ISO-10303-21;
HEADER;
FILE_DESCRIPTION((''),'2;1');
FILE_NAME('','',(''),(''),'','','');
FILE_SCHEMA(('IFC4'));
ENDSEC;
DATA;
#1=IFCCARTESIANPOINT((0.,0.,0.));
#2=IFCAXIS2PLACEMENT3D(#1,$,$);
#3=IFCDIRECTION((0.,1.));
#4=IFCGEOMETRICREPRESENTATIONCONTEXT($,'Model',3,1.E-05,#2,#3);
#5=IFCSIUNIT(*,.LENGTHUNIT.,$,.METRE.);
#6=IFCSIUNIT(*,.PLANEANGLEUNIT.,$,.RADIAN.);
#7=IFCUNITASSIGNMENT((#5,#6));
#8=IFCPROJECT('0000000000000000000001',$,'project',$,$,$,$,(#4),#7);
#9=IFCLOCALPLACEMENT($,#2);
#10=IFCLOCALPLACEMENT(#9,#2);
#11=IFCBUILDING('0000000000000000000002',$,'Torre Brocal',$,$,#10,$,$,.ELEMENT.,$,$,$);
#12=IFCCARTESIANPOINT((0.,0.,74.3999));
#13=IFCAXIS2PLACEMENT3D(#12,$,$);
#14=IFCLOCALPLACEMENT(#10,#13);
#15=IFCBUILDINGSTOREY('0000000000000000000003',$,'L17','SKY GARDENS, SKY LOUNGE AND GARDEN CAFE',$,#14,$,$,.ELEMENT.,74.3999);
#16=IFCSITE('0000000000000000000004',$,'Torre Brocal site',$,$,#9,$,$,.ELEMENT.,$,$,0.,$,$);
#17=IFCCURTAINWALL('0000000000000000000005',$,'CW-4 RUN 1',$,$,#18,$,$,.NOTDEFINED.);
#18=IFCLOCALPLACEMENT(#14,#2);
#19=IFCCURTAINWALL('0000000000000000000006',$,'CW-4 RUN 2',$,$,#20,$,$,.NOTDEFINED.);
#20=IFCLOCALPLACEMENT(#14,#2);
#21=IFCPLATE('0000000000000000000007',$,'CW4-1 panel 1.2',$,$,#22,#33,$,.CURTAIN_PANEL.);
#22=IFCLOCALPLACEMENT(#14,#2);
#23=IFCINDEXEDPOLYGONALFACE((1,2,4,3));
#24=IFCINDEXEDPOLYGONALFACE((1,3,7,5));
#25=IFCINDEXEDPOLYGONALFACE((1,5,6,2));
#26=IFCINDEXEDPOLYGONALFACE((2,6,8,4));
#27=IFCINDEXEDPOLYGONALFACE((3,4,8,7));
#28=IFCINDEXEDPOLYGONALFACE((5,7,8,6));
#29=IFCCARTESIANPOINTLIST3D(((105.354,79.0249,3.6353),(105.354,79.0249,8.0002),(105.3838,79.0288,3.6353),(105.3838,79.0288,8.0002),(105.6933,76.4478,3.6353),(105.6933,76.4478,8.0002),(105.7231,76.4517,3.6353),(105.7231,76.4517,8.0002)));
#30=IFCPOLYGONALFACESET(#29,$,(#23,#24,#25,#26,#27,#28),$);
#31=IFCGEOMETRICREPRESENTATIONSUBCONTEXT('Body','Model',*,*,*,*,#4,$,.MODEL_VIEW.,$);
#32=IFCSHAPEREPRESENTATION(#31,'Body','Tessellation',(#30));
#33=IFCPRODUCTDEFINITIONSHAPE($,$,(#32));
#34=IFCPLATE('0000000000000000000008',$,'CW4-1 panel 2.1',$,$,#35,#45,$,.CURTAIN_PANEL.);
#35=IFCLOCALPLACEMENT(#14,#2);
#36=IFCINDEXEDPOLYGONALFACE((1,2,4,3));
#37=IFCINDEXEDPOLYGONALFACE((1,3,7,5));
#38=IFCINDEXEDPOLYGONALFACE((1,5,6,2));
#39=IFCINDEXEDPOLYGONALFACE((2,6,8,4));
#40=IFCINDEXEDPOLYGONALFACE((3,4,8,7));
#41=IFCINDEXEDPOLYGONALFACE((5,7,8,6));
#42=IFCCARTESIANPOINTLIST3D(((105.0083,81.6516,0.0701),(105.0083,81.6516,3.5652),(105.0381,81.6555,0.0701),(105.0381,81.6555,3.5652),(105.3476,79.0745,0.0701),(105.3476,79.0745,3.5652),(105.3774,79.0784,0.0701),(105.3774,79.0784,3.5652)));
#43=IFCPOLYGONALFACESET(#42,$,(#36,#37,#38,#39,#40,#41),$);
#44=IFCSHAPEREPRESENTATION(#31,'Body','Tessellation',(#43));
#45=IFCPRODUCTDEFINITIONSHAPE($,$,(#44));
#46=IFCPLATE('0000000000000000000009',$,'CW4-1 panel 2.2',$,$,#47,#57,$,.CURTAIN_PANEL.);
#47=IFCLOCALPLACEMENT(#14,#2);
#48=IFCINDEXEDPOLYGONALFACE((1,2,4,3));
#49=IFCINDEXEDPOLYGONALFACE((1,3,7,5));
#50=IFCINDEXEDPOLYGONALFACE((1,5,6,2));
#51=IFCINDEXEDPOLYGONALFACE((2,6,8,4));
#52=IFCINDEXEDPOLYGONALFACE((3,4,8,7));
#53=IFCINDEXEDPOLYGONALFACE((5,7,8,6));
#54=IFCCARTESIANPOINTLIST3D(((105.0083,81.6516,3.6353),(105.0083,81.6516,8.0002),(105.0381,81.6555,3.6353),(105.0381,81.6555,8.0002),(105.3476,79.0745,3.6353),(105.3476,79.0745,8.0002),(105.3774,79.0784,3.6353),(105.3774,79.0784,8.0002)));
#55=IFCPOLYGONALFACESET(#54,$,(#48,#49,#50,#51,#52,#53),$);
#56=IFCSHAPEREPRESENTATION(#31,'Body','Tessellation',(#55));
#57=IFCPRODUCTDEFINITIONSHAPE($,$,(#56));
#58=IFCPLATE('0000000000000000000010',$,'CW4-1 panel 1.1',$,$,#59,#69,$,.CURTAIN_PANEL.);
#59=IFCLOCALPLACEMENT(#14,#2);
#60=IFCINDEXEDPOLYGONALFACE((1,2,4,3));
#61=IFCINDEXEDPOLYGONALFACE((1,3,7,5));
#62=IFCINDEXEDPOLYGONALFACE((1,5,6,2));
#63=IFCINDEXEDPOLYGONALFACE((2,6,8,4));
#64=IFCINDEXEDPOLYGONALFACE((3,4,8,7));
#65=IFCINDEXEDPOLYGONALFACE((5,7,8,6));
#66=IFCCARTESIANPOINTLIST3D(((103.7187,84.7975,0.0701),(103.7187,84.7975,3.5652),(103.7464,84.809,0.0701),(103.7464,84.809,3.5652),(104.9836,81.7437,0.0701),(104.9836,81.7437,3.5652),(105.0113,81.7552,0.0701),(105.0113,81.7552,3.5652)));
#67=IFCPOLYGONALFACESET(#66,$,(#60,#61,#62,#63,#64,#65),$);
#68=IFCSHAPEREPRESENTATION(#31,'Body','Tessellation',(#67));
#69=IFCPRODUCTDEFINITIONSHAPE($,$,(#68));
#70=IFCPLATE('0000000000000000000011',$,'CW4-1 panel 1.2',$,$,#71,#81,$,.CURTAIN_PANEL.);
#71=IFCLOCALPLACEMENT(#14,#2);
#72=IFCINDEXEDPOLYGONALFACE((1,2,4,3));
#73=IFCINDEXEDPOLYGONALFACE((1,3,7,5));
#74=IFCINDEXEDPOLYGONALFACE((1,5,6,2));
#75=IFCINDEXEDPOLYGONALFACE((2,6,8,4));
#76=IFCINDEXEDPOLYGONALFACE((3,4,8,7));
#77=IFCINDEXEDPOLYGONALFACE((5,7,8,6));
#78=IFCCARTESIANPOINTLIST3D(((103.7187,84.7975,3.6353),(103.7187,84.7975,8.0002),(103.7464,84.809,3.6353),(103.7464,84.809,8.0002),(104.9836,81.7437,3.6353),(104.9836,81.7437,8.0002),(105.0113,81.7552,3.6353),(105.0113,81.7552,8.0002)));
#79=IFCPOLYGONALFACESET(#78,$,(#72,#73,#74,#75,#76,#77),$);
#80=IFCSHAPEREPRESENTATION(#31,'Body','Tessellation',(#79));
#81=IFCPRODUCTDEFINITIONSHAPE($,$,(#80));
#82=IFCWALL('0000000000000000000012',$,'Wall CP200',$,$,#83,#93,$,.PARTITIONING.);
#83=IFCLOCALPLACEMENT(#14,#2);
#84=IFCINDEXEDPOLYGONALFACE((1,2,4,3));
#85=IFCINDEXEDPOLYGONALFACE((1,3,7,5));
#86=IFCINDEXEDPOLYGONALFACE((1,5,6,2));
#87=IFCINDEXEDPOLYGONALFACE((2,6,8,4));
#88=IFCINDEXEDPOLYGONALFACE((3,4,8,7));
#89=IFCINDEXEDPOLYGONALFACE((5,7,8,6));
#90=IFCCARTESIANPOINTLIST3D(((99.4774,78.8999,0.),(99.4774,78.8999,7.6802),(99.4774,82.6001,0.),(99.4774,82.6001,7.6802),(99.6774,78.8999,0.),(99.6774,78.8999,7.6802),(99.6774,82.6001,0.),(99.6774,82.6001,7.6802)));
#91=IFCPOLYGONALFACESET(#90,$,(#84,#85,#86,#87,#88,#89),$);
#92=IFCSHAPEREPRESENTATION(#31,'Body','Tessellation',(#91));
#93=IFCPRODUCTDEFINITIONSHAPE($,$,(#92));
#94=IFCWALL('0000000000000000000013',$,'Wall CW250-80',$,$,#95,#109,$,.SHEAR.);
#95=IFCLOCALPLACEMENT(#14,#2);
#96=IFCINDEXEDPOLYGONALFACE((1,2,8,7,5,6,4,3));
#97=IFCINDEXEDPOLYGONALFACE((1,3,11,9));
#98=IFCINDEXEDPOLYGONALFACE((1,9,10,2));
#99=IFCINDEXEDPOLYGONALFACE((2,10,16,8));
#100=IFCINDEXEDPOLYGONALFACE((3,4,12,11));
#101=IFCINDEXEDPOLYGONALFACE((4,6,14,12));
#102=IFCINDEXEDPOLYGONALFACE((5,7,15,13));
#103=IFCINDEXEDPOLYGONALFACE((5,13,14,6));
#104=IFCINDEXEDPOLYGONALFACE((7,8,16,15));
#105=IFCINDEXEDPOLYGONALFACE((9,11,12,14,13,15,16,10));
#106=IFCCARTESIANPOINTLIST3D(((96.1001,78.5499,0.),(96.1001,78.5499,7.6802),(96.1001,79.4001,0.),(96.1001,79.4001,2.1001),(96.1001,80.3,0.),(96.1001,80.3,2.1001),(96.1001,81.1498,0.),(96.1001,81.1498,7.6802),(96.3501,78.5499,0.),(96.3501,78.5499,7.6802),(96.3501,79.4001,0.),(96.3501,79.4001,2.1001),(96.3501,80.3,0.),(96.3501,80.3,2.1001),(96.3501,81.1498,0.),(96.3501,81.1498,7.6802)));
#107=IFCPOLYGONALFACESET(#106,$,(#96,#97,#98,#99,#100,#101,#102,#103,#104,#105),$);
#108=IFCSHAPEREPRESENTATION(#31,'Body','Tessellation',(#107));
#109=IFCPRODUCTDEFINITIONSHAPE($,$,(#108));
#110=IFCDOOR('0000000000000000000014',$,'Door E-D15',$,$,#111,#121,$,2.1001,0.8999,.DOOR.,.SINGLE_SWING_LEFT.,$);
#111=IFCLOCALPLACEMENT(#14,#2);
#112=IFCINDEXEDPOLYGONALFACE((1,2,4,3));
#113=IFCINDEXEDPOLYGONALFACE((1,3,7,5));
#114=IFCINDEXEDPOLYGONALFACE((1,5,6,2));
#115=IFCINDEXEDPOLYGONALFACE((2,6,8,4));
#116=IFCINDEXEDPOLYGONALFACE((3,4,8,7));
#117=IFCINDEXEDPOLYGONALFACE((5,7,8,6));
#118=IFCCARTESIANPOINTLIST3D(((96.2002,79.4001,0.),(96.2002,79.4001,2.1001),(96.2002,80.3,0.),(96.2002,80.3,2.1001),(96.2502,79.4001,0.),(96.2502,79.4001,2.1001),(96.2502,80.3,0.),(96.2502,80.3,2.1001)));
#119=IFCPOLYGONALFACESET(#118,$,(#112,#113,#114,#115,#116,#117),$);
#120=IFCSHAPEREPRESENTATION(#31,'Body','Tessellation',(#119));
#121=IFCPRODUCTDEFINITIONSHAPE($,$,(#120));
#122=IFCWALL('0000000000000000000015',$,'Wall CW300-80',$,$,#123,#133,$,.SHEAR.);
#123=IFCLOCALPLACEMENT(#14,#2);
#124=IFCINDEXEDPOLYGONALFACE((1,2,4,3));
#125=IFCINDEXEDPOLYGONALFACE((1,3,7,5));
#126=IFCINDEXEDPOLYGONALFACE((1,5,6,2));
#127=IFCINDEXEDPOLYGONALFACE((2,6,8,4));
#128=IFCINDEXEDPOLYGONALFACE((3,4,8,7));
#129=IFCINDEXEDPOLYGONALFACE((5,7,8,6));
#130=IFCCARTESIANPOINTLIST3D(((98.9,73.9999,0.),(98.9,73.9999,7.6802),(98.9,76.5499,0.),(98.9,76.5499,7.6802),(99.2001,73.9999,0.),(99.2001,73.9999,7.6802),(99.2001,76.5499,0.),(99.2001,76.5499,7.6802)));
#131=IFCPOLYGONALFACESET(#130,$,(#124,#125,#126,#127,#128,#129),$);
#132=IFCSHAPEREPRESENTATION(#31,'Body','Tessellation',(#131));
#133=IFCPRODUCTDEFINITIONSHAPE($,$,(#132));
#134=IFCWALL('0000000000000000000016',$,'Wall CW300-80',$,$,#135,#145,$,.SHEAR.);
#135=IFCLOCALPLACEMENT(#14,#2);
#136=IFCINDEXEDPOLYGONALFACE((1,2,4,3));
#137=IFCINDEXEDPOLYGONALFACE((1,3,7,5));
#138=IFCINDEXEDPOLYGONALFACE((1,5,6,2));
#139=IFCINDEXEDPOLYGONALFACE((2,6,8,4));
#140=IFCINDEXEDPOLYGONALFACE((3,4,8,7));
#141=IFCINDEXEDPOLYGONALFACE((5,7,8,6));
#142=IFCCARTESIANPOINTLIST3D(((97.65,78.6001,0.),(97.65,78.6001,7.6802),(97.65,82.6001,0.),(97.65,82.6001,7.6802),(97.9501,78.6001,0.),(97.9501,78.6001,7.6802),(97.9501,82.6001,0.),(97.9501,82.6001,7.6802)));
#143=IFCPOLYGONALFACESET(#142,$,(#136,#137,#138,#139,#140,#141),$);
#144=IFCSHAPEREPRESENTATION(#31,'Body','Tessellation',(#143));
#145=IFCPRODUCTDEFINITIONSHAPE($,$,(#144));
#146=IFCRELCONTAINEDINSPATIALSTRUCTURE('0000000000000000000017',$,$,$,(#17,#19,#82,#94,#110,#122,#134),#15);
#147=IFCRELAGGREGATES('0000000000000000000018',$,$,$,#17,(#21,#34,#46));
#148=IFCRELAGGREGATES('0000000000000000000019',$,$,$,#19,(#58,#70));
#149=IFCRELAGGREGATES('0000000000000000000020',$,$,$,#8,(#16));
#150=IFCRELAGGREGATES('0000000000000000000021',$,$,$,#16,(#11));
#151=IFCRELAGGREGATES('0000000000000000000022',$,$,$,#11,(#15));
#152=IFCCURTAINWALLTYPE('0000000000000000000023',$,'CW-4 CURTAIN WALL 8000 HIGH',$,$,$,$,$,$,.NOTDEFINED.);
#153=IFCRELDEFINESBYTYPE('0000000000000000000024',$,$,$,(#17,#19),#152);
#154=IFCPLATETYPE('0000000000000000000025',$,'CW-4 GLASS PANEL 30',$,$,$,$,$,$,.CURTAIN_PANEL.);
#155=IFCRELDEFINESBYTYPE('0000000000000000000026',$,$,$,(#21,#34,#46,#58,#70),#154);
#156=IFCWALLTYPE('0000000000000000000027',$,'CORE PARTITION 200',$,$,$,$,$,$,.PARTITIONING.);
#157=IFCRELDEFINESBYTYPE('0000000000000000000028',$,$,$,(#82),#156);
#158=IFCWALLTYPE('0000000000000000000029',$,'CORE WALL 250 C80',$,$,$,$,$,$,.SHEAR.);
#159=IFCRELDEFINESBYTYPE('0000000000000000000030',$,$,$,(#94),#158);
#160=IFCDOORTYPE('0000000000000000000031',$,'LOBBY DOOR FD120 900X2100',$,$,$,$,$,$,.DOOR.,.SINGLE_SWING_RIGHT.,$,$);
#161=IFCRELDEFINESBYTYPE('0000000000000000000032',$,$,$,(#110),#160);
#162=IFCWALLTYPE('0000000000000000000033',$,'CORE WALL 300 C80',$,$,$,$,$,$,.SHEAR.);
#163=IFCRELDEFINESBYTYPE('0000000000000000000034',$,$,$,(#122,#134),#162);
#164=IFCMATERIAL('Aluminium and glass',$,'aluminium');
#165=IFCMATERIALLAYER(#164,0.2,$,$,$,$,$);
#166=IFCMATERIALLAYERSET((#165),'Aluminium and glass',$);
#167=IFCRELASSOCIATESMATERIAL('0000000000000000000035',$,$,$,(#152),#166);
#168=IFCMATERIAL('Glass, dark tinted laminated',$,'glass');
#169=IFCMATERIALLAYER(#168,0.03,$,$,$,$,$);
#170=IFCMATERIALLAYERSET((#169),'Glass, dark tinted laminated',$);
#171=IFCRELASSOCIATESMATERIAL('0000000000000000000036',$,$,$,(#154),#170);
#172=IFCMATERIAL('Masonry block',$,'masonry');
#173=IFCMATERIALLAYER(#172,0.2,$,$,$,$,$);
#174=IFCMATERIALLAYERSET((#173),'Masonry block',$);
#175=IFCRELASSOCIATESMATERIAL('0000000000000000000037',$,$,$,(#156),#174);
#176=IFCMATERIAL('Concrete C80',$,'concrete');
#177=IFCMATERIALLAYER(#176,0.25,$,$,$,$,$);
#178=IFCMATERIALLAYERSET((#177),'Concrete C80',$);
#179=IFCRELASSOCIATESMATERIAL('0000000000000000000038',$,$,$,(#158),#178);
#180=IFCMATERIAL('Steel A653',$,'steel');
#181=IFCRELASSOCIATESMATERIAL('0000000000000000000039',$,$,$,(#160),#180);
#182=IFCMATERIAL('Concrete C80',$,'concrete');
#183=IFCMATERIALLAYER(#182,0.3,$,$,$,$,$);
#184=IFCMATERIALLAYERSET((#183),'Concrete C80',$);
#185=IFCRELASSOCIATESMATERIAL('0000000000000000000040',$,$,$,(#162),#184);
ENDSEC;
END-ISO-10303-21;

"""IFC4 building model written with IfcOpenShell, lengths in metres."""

from ifc_helpers import new_model, si_unit, direction, frame, frame_2d, origin, origin_2d, place, context, subcontext, project, spatial, rectangle, extrude, material, layer, layer_set, type_object, element, fill, aggregate, save


model = new_model("IFC4")

# Units and contexts
model_context = context("Model", 3, precision=1e-05, world=origin(), true_north=direction((0.0, 1.0)))
body_context = subcontext(model_context, "Body", "Model", "MODEL_VIEW")
ifc_project = project(units=[si_unit("LENGTHUNIT", "METRE"), si_unit("PLANEANGLEUNIT", "RADIAN")], contexts=[model_context])

# Site, building, storey
site_placement = place(None, origin())
site = spatial("IfcSite", under=ifc_project, at=site_placement, Name="Torre Brocal site", CompositionType="ELEMENT", RefElevation=0.0)
building_placement = place(site_placement, origin())
building = spatial("IfcBuilding", under=site, at=building_placement, Name="Torre Brocal", CompositionType="ELEMENT")
storey_placement = place(building_placement, frame((0.0, 0.0, 74.3999)))
storey = spatial("IfcBuildingStorey", under=building, at=storey_placement, Name="L17", Description="SKY GARDENS, SKY LOUNGE AND GARDEN CAFE", CompositionType="ELEMENT", Elevation=74.3999)

# Curtain walls
ifc_material_1 = material(Name="Aluminium and glass", Category="aluminium")
ifc_layer_1 = layer(ifc_material_1, 0.2)
ifc_layer_set_1 = layer_set([ifc_layer_1], Name="Aluminium and glass")
curtain_wall_type = type_object("IfcCurtainWallType", Name="CW-4 CURTAIN WALL 8000 HIGH", PredefinedType="NOTDEFINED", material=ifc_layer_set_1)
curtain_wall_1_placement = place(storey_placement, origin())
curtain_wall_1 = element("IfcCurtainWall", 1, at=curtain_wall_1_placement, inside=storey, type_object=curtain_wall_type, Name="CW-4 RUN 1", PredefinedType="NOTDEFINED")
curtain_wall_2_placement = place(storey_placement, origin())
curtain_wall_2 = element("IfcCurtainWall", 2, at=curtain_wall_2_placement, inside=storey, type_object=curtain_wall_type, Name="CW-4 RUN 2", PredefinedType="NOTDEFINED")

# Plates
ifc_material_2 = material(Name="Glass, dark tinted laminated", Category="glass")
ifc_layer_2 = layer(ifc_material_2, 0.03)
ifc_layer_set_2 = layer_set([ifc_layer_2], Name="Glass, dark tinted laminated")
plate_type = type_object("IfcPlateType", Name="CW-4 GLASS PANEL 30", PredefinedType="CURTAIN_PANEL", material=ifc_layer_set_2)
plate_1_placement = place(storey_placement, frame((105.5386, 77.7383, 3.6353), z_axis=(0.0, 0.0, 1.0), x_axis=(-0.130526, 0.991445, 0.0)))
plate_1 = element("IfcPlate", 3, at=plate_1_placement, type_object=plate_type, Name="CW4-1 panel 1.2", PredefinedType="CURTAIN_PANEL", context=body_context, shape_type="SweptSolid", body=[
    extrude(rectangle(XDim=2.5994, YDim=0.03, at=origin_2d()), origin(), (0.0, 0.0, 1.0), 4.365),
])
plate_2_placement = place(storey_placement, frame((105.1929, 80.365, 0.0701), z_axis=(0.0, 0.0, 1.0), x_axis=(-0.130526, 0.991445, 0.0)))
plate_2 = element("IfcPlate", 4, at=plate_2_placement, type_object=plate_type, Name="CW4-1 panel 2.1", PredefinedType="CURTAIN_PANEL", context=body_context, shape_type="SweptSolid", body=[
    extrude(rectangle(XDim=2.5994, YDim=0.03, at=origin_2d()), origin(), (0.0, 0.0, 1.0), 3.4951),
])
plate_3_placement = place(storey_placement, frame((105.1929, 80.365, 3.6353), z_axis=(0.0, 0.0, 1.0), x_axis=(-0.130526, 0.991445, 0.0)))
plate_3 = element("IfcPlate", 5, at=plate_3_placement, type_object=plate_type, Name="CW4-1 panel 2.2", PredefinedType="CURTAIN_PANEL", context=body_context, shape_type="SweptSolid", body=[
    extrude(rectangle(XDim=2.5994, YDim=0.03, at=origin_2d()), origin(), (0.0, 0.0, 1.0), 4.365),
])
aggregate(curtain_wall_1, [plate_1, plate_2, plate_3])
plate_4_placement = place(storey_placement, frame((104.365, 83.2764, 0.0701), z_axis=(0.0, 0.0, 1.0), x_axis=(-0.382683, 0.92388, 0.0)))
plate_4 = element("IfcPlate", 6, at=plate_4_placement, type_object=plate_type, Name="CW4-1 panel 1.1", PredefinedType="CURTAIN_PANEL", context=body_context, shape_type="SweptSolid", body=[
    extrude(rectangle(XDim=3.3054, YDim=0.03, at=origin_2d()), origin(), (0.0, 0.0, 1.0), 3.4951),
])
plate_5_placement = place(storey_placement, frame((104.365, 83.2764, 3.6353), z_axis=(0.0, 0.0, 1.0), x_axis=(-0.382683, 0.92388, 0.0)))
plate_5 = element("IfcPlate", 7, at=plate_5_placement, type_object=plate_type, Name="CW4-1 panel 1.2", PredefinedType="CURTAIN_PANEL", context=body_context, shape_type="SweptSolid", body=[
    extrude(rectangle(XDim=3.3054, YDim=0.03, at=origin_2d()), origin(), (0.0, 0.0, 1.0), 4.365),
])
aggregate(curtain_wall_2, [plate_4, plate_5])

# Wall
ifc_material_3 = material(Name="Masonry block", Category="masonry")
ifc_layer_3 = layer(ifc_material_3, 0.2)
ifc_layer_set_3 = layer_set([ifc_layer_3], Name="Masonry block")
wall_type_1 = type_object("IfcWallType", Name="CORE PARTITION 200", PredefinedType="PARTITIONING", material=ifc_layer_set_3)
wall_1_placement = place(storey_placement, frame((99.5774, 78.8999, 0.0), z_axis=(0.0, 0.0, 1.0), x_axis=(0.0, 1.0, 0.0)))
element("IfcWall", 8, at=wall_1_placement, inside=storey, type_object=wall_type_1, Name="Wall CP200", PredefinedType="PARTITIONING", context=body_context, shape_type="SweptSolid", body=[
    extrude(rectangle(XDim=3.7002, YDim=0.2, at=frame_2d((1.8501, 0.0))), origin(), (0.0, 0.0, 1.0), 7.6802),
])

# Wall, opening, door
ifc_material_4 = material(Name="Concrete C80", Category="concrete")
ifc_layer_4 = layer(ifc_material_4, 0.25)
ifc_layer_set_4 = layer_set([ifc_layer_4], Name="Concrete C80")
wall_type_2 = type_object("IfcWallType", Name="CORE WALL 250 C80", PredefinedType="SHEAR", material=ifc_layer_set_4)
wall_2_placement = place(storey_placement, frame((96.2251, 78.55, 0.0), z_axis=(0.0, 0.0, 1.0), x_axis=(0.0, 1.0, 0.0)))
wall_2 = element("IfcWall", 9, at=wall_2_placement, inside=storey, type_object=wall_type_2, Name="Wall CW250-80", PredefinedType="SHEAR", context=body_context, shape_type="SweptSolid", body=[
    extrude(rectangle(XDim=2.5999, YDim=0.25, at=frame_2d((1.2998, 0.0))), origin(), (0.0, 0.0, 1.0), 7.6802),
])
opening_1_placement = place(wall_2_placement, frame((0.8501, 0.0, 0.0)))
opening_1 = element("IfcOpeningElement", 10, at=opening_1_placement, cuts=wall_2, PredefinedType="OPENING", context=body_context, shape_type="SweptSolid", body=[
    extrude(rectangle(XDim=0.8999, YDim=2.1001, at=frame_2d((0.45, 1.05))), frame((0.0, 0.135, 0.0), z_axis=(0.0, -1.0, 0.0), x_axis=(1.0, 0.0, 0.0)), (0.0, 0.0, 1.0), 0.27),
])
ifc_material_5 = material(Name="Steel A653", Category="steel")
door_type_1 = type_object("IfcDoorType", Name="LOBBY DOOR FD120 900X2100", OperationType="SINGLE_SWING_RIGHT", PredefinedType="DOOR", material=ifc_material_5)
door_1_placement = place(opening_1_placement, origin())
door_1 = element("IfcDoor", 11, at=door_1_placement, inside=storey, type_object=door_type_1, Name="Door E-D15", OperationType="SINGLE_SWING_LEFT", OverallHeight=2.1001, OverallWidth=0.8999, PredefinedType="DOOR", context=body_context, shape_type="SweptSolid", body=[
    extrude(rectangle(XDim=0.8999, YDim=2.1001, at=frame_2d((0.45, 1.05))), frame((0.0, 0.0249, 0.0), z_axis=(0.0, -1.0, 0.0), x_axis=(1.0, 0.0, 0.0)), (0.0, 0.0, 1.0), 0.05),
])
fill(opening_1, door_1)

# Walls
ifc_material_6 = material(Name="Concrete C80", Category="concrete")
ifc_layer_5 = layer(ifc_material_6, 0.3)
ifc_layer_set_5 = layer_set([ifc_layer_5], Name="Concrete C80")
wall_type_3 = type_object("IfcWallType", Name="CORE WALL 300 C80", PredefinedType="SHEAR", material=ifc_layer_set_5)
wall_3_placement = place(storey_placement, frame((99.05, 74.0, 0.0), z_axis=(0.0, 0.0, 1.0), x_axis=(0.0, 1.0, 0.0)))
element("IfcWall", 12, at=wall_3_placement, inside=storey, type_object=wall_type_3, Name="Wall CW300-80", PredefinedType="SHEAR", context=body_context, shape_type="SweptSolid", body=[
    extrude(rectangle(XDim=2.55, YDim=0.3, at=frame_2d((1.2749, 0.0))), origin(), (0.0, 0.0, 1.0), 7.6802),
])
wall_4_placement = place(storey_placement, frame((97.8, 78.6001, 0.0), z_axis=(0.0, 0.0, 1.0), x_axis=(0.0, 1.0, 0.0)))
element("IfcWall", 13, at=wall_4_placement, inside=storey, type_object=wall_type_3, Name="Wall CW300-80", PredefinedType="SHEAR", context=body_context, shape_type="SweptSolid", body=[
    extrude(rectangle(XDim=4.0, YDim=0.3, at=frame_2d((2.0, 0.0))), origin(), (0.0, 0.0, 1.0), 7.6802),
])

save(model, "model.ifc")
